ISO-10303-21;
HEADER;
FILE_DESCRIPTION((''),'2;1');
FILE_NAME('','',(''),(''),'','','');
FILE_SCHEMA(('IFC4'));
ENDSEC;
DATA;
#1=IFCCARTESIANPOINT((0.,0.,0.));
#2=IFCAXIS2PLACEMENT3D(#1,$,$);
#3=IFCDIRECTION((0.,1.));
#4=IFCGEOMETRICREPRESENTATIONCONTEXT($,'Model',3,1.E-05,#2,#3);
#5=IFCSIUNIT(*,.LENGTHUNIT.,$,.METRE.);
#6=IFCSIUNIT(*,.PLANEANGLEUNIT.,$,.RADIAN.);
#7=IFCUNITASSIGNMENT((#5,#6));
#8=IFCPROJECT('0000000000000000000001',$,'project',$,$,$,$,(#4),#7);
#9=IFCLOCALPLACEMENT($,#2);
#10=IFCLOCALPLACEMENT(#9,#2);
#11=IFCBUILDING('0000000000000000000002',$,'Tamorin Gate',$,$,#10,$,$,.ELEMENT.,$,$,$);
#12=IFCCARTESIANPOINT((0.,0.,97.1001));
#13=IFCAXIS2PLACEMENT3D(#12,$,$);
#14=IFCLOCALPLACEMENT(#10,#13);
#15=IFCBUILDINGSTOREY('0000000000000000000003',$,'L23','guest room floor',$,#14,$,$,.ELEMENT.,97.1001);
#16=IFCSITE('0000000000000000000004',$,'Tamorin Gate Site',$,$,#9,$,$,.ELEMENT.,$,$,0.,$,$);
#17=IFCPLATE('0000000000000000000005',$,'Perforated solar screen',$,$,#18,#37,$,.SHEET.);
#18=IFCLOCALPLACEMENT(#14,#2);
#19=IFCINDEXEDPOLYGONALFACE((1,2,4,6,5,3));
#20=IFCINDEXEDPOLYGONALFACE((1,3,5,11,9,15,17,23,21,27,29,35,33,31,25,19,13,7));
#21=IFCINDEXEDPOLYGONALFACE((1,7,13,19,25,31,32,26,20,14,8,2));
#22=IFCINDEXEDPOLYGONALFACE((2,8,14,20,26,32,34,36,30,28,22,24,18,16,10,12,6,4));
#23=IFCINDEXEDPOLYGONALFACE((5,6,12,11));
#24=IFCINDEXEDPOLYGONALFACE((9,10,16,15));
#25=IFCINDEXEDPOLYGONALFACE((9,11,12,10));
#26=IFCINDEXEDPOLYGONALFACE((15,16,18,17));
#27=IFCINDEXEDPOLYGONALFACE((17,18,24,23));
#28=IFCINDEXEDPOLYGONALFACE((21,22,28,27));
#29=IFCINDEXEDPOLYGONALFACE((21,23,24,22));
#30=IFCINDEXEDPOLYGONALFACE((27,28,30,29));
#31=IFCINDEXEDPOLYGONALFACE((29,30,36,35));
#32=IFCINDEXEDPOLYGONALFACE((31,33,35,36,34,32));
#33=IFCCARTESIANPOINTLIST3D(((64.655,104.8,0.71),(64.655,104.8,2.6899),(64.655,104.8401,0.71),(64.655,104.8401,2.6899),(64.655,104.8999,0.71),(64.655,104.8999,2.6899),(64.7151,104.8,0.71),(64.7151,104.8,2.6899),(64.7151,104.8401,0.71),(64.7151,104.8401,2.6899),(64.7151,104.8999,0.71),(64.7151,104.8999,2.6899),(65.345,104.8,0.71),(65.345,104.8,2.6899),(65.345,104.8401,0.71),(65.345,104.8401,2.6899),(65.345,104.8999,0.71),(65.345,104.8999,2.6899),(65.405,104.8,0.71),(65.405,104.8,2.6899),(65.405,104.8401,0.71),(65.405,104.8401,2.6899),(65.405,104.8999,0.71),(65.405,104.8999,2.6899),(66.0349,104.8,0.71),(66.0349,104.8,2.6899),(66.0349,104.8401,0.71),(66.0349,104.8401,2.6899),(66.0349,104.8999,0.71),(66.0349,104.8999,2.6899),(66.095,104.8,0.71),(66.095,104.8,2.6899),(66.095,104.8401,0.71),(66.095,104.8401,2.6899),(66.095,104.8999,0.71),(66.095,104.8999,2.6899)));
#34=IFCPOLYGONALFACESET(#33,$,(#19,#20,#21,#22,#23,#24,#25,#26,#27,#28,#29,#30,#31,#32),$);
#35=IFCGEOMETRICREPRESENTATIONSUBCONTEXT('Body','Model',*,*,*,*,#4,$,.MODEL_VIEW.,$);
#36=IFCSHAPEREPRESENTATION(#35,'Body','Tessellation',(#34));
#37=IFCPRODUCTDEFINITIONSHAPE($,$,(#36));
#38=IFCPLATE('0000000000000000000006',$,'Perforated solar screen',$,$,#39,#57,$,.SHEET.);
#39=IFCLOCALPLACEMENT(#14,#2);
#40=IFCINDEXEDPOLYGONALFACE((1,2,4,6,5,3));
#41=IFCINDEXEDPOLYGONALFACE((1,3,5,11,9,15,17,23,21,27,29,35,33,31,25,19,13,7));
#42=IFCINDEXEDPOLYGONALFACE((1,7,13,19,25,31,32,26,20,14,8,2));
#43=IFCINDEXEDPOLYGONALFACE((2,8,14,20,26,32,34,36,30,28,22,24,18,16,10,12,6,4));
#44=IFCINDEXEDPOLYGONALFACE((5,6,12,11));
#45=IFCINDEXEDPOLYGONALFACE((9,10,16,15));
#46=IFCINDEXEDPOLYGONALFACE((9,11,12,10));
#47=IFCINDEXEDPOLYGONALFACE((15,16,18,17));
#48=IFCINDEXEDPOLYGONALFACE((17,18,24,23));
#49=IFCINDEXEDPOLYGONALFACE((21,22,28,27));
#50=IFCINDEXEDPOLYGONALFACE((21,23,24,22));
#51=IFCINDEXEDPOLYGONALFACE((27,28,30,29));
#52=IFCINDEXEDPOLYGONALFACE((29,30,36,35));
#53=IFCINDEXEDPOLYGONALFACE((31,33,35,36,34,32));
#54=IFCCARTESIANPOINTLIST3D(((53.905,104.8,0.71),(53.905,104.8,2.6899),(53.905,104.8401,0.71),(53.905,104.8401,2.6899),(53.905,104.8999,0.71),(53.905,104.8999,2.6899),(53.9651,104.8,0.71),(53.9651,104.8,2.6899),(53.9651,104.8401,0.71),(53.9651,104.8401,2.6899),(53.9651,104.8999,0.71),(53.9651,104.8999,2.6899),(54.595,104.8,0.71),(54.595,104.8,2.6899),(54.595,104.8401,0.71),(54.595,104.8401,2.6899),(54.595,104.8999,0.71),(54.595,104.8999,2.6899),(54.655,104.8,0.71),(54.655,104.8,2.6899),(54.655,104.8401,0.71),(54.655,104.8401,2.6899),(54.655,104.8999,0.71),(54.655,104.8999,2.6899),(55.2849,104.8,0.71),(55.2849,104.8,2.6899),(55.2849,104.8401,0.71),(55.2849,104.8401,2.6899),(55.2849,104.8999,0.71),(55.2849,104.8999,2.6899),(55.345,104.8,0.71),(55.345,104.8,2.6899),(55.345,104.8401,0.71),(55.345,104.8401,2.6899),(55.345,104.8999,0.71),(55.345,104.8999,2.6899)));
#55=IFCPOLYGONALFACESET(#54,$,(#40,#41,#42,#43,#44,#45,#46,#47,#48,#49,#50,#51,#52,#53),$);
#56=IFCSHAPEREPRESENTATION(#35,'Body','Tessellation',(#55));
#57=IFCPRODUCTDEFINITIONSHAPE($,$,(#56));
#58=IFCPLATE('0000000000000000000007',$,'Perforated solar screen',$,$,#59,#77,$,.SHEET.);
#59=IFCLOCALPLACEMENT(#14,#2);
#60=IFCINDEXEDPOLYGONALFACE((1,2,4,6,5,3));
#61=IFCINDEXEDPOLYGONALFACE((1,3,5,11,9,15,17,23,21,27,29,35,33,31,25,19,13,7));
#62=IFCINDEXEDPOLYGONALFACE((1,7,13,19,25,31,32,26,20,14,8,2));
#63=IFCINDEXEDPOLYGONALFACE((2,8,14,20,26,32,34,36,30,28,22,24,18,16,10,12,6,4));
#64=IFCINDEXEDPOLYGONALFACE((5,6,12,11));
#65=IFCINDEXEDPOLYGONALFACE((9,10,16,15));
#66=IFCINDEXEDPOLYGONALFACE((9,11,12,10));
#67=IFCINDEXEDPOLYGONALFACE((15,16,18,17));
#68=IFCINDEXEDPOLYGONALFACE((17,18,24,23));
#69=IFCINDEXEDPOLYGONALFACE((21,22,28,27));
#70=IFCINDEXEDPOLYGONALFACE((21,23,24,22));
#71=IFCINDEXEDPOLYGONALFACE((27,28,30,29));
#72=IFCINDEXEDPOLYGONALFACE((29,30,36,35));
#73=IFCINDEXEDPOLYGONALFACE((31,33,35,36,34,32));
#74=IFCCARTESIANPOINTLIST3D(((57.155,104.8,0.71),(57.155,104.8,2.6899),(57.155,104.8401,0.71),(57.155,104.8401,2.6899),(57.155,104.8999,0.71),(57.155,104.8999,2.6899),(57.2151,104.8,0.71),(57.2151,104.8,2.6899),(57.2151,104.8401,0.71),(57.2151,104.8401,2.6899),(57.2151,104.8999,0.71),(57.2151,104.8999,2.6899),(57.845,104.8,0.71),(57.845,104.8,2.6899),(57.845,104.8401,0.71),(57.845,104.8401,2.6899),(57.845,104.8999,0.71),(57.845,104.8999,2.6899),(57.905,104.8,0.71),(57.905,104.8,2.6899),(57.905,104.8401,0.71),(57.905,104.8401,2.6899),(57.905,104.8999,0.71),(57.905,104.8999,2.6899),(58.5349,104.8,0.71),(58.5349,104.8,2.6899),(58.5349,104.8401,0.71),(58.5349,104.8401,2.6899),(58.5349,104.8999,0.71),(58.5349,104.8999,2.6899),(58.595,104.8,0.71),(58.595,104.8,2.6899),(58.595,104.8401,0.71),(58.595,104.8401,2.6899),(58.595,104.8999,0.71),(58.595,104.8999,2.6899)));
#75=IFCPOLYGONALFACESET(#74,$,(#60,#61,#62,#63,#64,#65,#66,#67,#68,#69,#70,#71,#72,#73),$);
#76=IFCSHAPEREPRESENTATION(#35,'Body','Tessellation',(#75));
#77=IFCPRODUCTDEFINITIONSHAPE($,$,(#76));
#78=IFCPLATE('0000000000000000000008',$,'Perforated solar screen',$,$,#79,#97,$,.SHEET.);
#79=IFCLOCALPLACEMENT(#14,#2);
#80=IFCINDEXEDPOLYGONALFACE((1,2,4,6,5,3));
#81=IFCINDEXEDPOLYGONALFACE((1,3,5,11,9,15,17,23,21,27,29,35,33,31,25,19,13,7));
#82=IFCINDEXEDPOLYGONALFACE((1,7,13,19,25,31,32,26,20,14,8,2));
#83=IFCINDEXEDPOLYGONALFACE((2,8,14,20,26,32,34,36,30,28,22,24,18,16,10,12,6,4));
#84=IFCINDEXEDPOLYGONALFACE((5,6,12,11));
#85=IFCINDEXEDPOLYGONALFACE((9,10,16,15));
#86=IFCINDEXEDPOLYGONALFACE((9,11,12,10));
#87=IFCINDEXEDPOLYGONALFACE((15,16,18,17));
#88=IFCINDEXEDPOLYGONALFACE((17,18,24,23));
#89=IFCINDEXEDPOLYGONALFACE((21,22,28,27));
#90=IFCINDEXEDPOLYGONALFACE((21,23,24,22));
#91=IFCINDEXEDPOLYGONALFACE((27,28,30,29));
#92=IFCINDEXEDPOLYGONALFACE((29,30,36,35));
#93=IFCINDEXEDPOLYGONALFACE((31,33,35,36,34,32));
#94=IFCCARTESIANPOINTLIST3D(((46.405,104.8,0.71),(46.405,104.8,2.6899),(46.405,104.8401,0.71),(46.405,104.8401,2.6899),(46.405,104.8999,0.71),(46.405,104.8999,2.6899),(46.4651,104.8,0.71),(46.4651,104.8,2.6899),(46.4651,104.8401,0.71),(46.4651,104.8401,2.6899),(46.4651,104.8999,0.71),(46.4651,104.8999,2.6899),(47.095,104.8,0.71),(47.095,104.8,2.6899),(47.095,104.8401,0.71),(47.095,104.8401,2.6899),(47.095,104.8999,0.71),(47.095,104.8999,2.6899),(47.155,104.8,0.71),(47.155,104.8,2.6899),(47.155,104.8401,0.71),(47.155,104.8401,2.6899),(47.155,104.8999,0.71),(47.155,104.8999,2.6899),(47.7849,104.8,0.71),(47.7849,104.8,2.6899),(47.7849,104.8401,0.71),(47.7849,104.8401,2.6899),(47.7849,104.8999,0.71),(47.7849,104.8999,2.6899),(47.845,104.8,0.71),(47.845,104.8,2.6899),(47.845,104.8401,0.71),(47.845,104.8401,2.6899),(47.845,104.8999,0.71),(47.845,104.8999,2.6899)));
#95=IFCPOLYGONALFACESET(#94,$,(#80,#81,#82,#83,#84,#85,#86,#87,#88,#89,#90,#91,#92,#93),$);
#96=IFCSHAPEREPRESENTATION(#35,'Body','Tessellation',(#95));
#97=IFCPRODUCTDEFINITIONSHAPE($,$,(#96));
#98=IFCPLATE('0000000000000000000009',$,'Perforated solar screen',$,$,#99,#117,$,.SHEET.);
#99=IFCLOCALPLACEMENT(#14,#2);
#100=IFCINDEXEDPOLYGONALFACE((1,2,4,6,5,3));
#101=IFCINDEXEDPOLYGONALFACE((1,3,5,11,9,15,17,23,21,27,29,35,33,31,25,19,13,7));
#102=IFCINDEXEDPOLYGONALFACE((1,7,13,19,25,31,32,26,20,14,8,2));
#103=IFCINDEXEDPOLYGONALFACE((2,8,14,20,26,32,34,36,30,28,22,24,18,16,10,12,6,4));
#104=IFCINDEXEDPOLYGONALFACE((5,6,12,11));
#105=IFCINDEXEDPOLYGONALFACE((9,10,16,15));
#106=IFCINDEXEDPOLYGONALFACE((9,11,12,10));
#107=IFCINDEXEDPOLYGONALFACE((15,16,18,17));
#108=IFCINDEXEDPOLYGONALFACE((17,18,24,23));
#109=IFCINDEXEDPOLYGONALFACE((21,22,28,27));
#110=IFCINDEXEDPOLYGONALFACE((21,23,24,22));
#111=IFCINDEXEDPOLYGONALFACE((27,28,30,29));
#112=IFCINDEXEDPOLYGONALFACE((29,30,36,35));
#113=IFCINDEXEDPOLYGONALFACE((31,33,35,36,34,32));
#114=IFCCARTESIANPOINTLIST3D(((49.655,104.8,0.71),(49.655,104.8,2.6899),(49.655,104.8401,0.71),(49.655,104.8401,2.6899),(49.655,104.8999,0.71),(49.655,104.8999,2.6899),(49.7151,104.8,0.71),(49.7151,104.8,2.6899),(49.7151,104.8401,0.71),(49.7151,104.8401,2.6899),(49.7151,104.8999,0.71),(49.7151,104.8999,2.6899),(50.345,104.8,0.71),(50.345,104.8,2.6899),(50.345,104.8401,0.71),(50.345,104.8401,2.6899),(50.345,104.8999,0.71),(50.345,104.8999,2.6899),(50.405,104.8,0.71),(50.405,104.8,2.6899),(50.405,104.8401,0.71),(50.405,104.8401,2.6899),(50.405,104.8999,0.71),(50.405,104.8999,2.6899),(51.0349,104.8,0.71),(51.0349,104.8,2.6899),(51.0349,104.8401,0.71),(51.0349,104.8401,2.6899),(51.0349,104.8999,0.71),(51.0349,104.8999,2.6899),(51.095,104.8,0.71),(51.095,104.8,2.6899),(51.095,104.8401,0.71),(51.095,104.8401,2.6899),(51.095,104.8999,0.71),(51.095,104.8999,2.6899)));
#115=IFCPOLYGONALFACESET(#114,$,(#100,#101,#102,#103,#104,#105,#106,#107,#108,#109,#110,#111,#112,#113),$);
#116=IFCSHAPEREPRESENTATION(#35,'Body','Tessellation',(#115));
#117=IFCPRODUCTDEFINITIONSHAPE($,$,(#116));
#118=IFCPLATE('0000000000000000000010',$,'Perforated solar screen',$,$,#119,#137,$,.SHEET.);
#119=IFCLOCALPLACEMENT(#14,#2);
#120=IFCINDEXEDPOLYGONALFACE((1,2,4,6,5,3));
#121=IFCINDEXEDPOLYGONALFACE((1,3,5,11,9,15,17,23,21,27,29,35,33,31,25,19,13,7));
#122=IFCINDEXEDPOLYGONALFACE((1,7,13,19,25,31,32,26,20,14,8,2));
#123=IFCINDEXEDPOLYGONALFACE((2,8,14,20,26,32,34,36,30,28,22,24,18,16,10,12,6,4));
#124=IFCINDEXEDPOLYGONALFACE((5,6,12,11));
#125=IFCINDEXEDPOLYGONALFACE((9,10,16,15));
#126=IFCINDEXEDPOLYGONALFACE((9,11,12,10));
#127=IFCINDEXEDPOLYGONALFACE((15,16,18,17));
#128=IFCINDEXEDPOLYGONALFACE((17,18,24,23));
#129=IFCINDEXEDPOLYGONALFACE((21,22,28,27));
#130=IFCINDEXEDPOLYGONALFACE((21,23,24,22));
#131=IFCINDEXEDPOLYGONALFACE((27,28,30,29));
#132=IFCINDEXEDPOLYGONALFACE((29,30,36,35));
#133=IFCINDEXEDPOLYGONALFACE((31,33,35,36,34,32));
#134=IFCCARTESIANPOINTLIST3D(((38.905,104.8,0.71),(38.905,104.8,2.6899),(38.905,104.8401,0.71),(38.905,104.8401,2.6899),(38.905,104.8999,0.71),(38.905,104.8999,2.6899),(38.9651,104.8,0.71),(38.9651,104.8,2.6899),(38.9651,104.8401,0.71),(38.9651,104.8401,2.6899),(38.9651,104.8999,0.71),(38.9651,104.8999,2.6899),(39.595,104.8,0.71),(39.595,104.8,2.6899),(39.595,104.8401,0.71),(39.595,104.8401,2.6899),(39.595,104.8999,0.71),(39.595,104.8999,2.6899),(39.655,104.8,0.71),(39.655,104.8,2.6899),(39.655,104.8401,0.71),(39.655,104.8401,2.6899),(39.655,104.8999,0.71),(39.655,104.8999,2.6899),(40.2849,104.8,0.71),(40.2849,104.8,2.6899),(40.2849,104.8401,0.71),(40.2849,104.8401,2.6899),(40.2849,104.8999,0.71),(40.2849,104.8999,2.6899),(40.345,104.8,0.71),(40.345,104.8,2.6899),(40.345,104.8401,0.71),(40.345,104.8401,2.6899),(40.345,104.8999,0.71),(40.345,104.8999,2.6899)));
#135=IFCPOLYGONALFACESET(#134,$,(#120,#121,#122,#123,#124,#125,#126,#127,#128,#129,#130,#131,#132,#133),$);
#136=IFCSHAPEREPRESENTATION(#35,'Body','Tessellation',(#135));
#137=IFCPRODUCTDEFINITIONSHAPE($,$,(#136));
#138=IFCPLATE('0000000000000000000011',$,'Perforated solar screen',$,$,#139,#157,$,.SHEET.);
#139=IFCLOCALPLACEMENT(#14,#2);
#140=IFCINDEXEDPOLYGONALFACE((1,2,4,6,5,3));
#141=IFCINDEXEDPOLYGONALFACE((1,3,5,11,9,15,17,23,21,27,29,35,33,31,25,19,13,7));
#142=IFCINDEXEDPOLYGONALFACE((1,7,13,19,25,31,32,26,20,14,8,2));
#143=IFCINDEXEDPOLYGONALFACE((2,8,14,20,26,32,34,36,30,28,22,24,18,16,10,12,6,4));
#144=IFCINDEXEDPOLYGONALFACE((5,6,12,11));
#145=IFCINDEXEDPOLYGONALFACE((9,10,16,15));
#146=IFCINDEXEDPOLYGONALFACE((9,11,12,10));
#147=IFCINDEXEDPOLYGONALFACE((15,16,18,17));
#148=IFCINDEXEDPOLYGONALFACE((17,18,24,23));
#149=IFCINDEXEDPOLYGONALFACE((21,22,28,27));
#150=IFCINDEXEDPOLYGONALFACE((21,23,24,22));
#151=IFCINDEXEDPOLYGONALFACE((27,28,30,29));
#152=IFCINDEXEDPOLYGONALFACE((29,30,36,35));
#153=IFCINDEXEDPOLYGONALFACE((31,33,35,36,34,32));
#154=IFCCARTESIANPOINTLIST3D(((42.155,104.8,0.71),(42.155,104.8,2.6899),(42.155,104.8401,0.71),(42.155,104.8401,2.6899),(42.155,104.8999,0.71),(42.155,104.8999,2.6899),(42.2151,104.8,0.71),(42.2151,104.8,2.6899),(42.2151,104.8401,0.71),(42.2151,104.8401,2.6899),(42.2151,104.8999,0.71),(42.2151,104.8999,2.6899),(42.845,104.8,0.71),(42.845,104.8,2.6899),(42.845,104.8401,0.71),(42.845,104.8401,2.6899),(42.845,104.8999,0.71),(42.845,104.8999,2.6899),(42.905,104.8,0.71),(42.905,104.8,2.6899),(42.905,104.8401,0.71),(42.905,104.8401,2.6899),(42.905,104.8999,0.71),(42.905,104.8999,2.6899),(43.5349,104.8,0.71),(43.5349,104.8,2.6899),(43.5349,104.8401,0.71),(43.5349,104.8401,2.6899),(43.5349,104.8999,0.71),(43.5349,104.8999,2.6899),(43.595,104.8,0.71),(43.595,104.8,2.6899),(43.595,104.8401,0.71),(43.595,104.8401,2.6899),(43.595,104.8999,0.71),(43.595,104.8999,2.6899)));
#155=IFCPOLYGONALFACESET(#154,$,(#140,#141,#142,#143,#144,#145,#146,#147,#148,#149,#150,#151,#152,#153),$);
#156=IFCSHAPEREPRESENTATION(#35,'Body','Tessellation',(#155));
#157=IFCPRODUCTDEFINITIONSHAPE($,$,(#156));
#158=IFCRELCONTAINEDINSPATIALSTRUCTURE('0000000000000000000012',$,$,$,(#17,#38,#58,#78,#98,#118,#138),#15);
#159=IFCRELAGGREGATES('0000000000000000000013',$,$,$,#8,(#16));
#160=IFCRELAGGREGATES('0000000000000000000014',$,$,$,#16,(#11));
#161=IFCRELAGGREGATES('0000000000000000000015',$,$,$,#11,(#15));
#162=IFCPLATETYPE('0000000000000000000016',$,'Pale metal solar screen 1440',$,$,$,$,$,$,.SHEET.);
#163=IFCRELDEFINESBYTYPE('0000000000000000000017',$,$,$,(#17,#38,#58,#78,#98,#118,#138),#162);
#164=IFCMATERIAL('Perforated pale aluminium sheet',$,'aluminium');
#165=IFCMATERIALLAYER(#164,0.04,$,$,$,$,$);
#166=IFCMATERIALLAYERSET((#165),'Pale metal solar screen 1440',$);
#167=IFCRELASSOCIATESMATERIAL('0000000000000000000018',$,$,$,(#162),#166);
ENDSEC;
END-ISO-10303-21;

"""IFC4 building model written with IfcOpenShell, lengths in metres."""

from ifc_helpers import new_model, si_unit, direction, frame, origin, place, context, subcontext, project, spatial, polyline, outline, extrude, material, layer, layer_set, type_object, element, save


model = new_model("IFC4")

# Units and contexts
model_context = context("Model", 3, precision=1e-05, world=origin(), true_north=direction((0.0, 1.0)))
body_context = subcontext(model_context, "Body", "Model", "MODEL_VIEW")
ifc_project = project(units=[si_unit("LENGTHUNIT", "METRE"), si_unit("PLANEANGLEUNIT", "RADIAN")], contexts=[model_context])

# Site, building, storey
site_placement = place(None, origin())
site = spatial("IfcSite", under=ifc_project, at=site_placement, Name="Tamorin Gate Site", CompositionType="ELEMENT", RefElevation=0.0)
building_placement = place(site_placement, origin())
building = spatial("IfcBuilding", under=site, at=building_placement, Name="Tamorin Gate", CompositionType="ELEMENT")
storey_placement = place(building_placement, frame((0.0, 0.0, 97.1001)))
storey = spatial("IfcBuildingStorey", under=building, at=storey_placement, Name="L23", Description="guest room floor", CompositionType="ELEMENT", Elevation=97.1001)

# Plates
ifc_material = material(Name="Perforated pale aluminium sheet", Category="aluminium")
ifc_layer = layer(ifc_material, 0.04)
ifc_layer_set = layer_set([ifc_layer], Name="Pale metal solar screen 1440")
plate_type = type_object("IfcPlateType", Name="Pale metal solar screen 1440", PredefinedType="SHEET", material=ifc_layer_set)
plate_1_placement = place(storey_placement, frame((0.0, 0.0, 0.71)))
element("IfcPlate", 1, at=plate_1_placement, inside=storey, type_object=plate_type, Name="Perforated solar screen", PredefinedType="SHEET", context=body_context, shape_type="SweptSolid", body=[
    extrude(outline(polyline([(66.095, 104.8401), (66.095, 104.8), (66.0349, 104.8), (65.405, 104.8), (65.345, 104.8), (64.7151, 104.8), (64.655, 104.8), (64.655, 104.8401), (64.655, 104.8999), (64.7151, 104.8999), (64.7151, 104.8401), (65.345, 104.8401), (65.345, 104.8999), (65.405, 104.8999), (65.405, 104.8401), (66.0349, 104.8401), (66.0349, 104.8999), (66.095, 104.8999), (66.095, 104.8401)])), origin(), (0.0, 0.0, 1.0), 1.98),
])
plate_2_placement = place(storey_placement, frame((0.0, 0.0, 0.71)))
element("IfcPlate", 2, at=plate_2_placement, inside=storey, type_object=plate_type, Name="Perforated solar screen", PredefinedType="SHEET", context=body_context, shape_type="SweptSolid", body=[
    extrude(outline(polyline([(55.345, 104.8401), (55.345, 104.8), (55.2849, 104.8), (54.655, 104.8), (54.595, 104.8), (53.9651, 104.8), (53.905, 104.8), (53.905, 104.8401), (53.905, 104.8999), (53.9651, 104.8999), (53.9651, 104.8401), (54.595, 104.8401), (54.595, 104.8999), (54.655, 104.8999), (54.655, 104.8401), (55.2849, 104.8401), (55.2849, 104.8999), (55.345, 104.8999), (55.345, 104.8401)])), origin(), (0.0, 0.0, 1.0), 1.98),
])
plate_3_placement = place(storey_placement, frame((0.0, 0.0, 0.71)))
element("IfcPlate", 3, at=plate_3_placement, inside=storey, type_object=plate_type, Name="Perforated solar screen", PredefinedType="SHEET", context=body_context, shape_type="SweptSolid", body=[
    extrude(outline(polyline([(58.595, 104.8401), (58.595, 104.8), (58.5349, 104.8), (57.905, 104.8), (57.845, 104.8), (57.2151, 104.8), (57.155, 104.8), (57.155, 104.8401), (57.155, 104.8999), (57.2151, 104.8999), (57.2151, 104.8401), (57.845, 104.8401), (57.845, 104.8999), (57.905, 104.8999), (57.905, 104.8401), (58.5349, 104.8401), (58.5349, 104.8999), (58.595, 104.8999), (58.595, 104.8401)])), origin(), (0.0, 0.0, 1.0), 1.98),
])
plate_4_placement = place(storey_placement, frame((0.0, 0.0, 0.71)))
element("IfcPlate", 4, at=plate_4_placement, inside=storey, type_object=plate_type, Name="Perforated solar screen", PredefinedType="SHEET", context=body_context, shape_type="SweptSolid", body=[
    extrude(outline(polyline([(47.845, 104.8401), (47.845, 104.8), (47.7849, 104.8), (47.155, 104.8), (47.095, 104.8), (46.4651, 104.8), (46.405, 104.8), (46.405, 104.8401), (46.405, 104.8999), (46.4651, 104.8999), (46.4651, 104.8401), (47.095, 104.8401), (47.095, 104.8999), (47.155, 104.8999), (47.155, 104.8401), (47.7849, 104.8401), (47.7849, 104.8999), (47.845, 104.8999), (47.845, 104.8401)])), origin(), (0.0, 0.0, 1.0), 1.98),
])
plate_5_placement = place(storey_placement, frame((0.0, 0.0, 0.71)))
element("IfcPlate", 5, at=plate_5_placement, inside=storey, type_object=plate_type, Name="Perforated solar screen", PredefinedType="SHEET", context=body_context, shape_type="SweptSolid", body=[
    extrude(outline(polyline([(51.095, 104.8401), (51.095, 104.8), (51.0349, 104.8), (50.405, 104.8), (50.345, 104.8), (49.7151, 104.8), (49.655, 104.8), (49.655, 104.8401), (49.655, 104.8999), (49.7151, 104.8999), (49.7151, 104.8401), (50.345, 104.8401), (50.345, 104.8999), (50.405, 104.8999), (50.405, 104.8401), (51.0349, 104.8401), (51.0349, 104.8999), (51.095, 104.8999), (51.095, 104.8401)])), origin(), (0.0, 0.0, 1.0), 1.98),
])
plate_6_placement = place(storey_placement, frame((0.0, 0.0, 0.71)))
element("IfcPlate", 6, at=plate_6_placement, inside=storey, type_object=plate_type, Name="Perforated solar screen", PredefinedType="SHEET", context=body_context, shape_type="SweptSolid", body=[
    extrude(outline(polyline([(40.345, 104.8401), (40.345, 104.8), (40.2849, 104.8), (39.655, 104.8), (39.595, 104.8), (38.9651, 104.8), (38.905, 104.8), (38.905, 104.8401), (38.905, 104.8999), (38.9651, 104.8999), (38.9651, 104.8401), (39.595, 104.8401), (39.595, 104.8999), (39.655, 104.8999), (39.655, 104.8401), (40.2849, 104.8401), (40.2849, 104.8999), (40.345, 104.8999), (40.345, 104.8401)])), origin(), (0.0, 0.0, 1.0), 1.98),
])
plate_7_placement = place(storey_placement, frame((0.0, 0.0, 0.71)))
element("IfcPlate", 7, at=plate_7_placement, inside=storey, type_object=plate_type, Name="Perforated solar screen", PredefinedType="SHEET", context=body_context, shape_type="SweptSolid", body=[
    extrude(outline(polyline([(43.595, 104.8401), (43.595, 104.8), (43.5349, 104.8), (42.905, 104.8), (42.845, 104.8), (42.2151, 104.8), (42.155, 104.8), (42.155, 104.8401), (42.155, 104.8999), (42.2151, 104.8999), (42.2151, 104.8401), (42.845, 104.8401), (42.845, 104.8999), (42.905, 104.8999), (42.905, 104.8401), (43.5349, 104.8401), (43.5349, 104.8999), (43.595, 104.8999), (43.595, 104.8401)])), origin(), (0.0, 0.0, 1.0), 1.98),
])

save(model, "model.ifc")
